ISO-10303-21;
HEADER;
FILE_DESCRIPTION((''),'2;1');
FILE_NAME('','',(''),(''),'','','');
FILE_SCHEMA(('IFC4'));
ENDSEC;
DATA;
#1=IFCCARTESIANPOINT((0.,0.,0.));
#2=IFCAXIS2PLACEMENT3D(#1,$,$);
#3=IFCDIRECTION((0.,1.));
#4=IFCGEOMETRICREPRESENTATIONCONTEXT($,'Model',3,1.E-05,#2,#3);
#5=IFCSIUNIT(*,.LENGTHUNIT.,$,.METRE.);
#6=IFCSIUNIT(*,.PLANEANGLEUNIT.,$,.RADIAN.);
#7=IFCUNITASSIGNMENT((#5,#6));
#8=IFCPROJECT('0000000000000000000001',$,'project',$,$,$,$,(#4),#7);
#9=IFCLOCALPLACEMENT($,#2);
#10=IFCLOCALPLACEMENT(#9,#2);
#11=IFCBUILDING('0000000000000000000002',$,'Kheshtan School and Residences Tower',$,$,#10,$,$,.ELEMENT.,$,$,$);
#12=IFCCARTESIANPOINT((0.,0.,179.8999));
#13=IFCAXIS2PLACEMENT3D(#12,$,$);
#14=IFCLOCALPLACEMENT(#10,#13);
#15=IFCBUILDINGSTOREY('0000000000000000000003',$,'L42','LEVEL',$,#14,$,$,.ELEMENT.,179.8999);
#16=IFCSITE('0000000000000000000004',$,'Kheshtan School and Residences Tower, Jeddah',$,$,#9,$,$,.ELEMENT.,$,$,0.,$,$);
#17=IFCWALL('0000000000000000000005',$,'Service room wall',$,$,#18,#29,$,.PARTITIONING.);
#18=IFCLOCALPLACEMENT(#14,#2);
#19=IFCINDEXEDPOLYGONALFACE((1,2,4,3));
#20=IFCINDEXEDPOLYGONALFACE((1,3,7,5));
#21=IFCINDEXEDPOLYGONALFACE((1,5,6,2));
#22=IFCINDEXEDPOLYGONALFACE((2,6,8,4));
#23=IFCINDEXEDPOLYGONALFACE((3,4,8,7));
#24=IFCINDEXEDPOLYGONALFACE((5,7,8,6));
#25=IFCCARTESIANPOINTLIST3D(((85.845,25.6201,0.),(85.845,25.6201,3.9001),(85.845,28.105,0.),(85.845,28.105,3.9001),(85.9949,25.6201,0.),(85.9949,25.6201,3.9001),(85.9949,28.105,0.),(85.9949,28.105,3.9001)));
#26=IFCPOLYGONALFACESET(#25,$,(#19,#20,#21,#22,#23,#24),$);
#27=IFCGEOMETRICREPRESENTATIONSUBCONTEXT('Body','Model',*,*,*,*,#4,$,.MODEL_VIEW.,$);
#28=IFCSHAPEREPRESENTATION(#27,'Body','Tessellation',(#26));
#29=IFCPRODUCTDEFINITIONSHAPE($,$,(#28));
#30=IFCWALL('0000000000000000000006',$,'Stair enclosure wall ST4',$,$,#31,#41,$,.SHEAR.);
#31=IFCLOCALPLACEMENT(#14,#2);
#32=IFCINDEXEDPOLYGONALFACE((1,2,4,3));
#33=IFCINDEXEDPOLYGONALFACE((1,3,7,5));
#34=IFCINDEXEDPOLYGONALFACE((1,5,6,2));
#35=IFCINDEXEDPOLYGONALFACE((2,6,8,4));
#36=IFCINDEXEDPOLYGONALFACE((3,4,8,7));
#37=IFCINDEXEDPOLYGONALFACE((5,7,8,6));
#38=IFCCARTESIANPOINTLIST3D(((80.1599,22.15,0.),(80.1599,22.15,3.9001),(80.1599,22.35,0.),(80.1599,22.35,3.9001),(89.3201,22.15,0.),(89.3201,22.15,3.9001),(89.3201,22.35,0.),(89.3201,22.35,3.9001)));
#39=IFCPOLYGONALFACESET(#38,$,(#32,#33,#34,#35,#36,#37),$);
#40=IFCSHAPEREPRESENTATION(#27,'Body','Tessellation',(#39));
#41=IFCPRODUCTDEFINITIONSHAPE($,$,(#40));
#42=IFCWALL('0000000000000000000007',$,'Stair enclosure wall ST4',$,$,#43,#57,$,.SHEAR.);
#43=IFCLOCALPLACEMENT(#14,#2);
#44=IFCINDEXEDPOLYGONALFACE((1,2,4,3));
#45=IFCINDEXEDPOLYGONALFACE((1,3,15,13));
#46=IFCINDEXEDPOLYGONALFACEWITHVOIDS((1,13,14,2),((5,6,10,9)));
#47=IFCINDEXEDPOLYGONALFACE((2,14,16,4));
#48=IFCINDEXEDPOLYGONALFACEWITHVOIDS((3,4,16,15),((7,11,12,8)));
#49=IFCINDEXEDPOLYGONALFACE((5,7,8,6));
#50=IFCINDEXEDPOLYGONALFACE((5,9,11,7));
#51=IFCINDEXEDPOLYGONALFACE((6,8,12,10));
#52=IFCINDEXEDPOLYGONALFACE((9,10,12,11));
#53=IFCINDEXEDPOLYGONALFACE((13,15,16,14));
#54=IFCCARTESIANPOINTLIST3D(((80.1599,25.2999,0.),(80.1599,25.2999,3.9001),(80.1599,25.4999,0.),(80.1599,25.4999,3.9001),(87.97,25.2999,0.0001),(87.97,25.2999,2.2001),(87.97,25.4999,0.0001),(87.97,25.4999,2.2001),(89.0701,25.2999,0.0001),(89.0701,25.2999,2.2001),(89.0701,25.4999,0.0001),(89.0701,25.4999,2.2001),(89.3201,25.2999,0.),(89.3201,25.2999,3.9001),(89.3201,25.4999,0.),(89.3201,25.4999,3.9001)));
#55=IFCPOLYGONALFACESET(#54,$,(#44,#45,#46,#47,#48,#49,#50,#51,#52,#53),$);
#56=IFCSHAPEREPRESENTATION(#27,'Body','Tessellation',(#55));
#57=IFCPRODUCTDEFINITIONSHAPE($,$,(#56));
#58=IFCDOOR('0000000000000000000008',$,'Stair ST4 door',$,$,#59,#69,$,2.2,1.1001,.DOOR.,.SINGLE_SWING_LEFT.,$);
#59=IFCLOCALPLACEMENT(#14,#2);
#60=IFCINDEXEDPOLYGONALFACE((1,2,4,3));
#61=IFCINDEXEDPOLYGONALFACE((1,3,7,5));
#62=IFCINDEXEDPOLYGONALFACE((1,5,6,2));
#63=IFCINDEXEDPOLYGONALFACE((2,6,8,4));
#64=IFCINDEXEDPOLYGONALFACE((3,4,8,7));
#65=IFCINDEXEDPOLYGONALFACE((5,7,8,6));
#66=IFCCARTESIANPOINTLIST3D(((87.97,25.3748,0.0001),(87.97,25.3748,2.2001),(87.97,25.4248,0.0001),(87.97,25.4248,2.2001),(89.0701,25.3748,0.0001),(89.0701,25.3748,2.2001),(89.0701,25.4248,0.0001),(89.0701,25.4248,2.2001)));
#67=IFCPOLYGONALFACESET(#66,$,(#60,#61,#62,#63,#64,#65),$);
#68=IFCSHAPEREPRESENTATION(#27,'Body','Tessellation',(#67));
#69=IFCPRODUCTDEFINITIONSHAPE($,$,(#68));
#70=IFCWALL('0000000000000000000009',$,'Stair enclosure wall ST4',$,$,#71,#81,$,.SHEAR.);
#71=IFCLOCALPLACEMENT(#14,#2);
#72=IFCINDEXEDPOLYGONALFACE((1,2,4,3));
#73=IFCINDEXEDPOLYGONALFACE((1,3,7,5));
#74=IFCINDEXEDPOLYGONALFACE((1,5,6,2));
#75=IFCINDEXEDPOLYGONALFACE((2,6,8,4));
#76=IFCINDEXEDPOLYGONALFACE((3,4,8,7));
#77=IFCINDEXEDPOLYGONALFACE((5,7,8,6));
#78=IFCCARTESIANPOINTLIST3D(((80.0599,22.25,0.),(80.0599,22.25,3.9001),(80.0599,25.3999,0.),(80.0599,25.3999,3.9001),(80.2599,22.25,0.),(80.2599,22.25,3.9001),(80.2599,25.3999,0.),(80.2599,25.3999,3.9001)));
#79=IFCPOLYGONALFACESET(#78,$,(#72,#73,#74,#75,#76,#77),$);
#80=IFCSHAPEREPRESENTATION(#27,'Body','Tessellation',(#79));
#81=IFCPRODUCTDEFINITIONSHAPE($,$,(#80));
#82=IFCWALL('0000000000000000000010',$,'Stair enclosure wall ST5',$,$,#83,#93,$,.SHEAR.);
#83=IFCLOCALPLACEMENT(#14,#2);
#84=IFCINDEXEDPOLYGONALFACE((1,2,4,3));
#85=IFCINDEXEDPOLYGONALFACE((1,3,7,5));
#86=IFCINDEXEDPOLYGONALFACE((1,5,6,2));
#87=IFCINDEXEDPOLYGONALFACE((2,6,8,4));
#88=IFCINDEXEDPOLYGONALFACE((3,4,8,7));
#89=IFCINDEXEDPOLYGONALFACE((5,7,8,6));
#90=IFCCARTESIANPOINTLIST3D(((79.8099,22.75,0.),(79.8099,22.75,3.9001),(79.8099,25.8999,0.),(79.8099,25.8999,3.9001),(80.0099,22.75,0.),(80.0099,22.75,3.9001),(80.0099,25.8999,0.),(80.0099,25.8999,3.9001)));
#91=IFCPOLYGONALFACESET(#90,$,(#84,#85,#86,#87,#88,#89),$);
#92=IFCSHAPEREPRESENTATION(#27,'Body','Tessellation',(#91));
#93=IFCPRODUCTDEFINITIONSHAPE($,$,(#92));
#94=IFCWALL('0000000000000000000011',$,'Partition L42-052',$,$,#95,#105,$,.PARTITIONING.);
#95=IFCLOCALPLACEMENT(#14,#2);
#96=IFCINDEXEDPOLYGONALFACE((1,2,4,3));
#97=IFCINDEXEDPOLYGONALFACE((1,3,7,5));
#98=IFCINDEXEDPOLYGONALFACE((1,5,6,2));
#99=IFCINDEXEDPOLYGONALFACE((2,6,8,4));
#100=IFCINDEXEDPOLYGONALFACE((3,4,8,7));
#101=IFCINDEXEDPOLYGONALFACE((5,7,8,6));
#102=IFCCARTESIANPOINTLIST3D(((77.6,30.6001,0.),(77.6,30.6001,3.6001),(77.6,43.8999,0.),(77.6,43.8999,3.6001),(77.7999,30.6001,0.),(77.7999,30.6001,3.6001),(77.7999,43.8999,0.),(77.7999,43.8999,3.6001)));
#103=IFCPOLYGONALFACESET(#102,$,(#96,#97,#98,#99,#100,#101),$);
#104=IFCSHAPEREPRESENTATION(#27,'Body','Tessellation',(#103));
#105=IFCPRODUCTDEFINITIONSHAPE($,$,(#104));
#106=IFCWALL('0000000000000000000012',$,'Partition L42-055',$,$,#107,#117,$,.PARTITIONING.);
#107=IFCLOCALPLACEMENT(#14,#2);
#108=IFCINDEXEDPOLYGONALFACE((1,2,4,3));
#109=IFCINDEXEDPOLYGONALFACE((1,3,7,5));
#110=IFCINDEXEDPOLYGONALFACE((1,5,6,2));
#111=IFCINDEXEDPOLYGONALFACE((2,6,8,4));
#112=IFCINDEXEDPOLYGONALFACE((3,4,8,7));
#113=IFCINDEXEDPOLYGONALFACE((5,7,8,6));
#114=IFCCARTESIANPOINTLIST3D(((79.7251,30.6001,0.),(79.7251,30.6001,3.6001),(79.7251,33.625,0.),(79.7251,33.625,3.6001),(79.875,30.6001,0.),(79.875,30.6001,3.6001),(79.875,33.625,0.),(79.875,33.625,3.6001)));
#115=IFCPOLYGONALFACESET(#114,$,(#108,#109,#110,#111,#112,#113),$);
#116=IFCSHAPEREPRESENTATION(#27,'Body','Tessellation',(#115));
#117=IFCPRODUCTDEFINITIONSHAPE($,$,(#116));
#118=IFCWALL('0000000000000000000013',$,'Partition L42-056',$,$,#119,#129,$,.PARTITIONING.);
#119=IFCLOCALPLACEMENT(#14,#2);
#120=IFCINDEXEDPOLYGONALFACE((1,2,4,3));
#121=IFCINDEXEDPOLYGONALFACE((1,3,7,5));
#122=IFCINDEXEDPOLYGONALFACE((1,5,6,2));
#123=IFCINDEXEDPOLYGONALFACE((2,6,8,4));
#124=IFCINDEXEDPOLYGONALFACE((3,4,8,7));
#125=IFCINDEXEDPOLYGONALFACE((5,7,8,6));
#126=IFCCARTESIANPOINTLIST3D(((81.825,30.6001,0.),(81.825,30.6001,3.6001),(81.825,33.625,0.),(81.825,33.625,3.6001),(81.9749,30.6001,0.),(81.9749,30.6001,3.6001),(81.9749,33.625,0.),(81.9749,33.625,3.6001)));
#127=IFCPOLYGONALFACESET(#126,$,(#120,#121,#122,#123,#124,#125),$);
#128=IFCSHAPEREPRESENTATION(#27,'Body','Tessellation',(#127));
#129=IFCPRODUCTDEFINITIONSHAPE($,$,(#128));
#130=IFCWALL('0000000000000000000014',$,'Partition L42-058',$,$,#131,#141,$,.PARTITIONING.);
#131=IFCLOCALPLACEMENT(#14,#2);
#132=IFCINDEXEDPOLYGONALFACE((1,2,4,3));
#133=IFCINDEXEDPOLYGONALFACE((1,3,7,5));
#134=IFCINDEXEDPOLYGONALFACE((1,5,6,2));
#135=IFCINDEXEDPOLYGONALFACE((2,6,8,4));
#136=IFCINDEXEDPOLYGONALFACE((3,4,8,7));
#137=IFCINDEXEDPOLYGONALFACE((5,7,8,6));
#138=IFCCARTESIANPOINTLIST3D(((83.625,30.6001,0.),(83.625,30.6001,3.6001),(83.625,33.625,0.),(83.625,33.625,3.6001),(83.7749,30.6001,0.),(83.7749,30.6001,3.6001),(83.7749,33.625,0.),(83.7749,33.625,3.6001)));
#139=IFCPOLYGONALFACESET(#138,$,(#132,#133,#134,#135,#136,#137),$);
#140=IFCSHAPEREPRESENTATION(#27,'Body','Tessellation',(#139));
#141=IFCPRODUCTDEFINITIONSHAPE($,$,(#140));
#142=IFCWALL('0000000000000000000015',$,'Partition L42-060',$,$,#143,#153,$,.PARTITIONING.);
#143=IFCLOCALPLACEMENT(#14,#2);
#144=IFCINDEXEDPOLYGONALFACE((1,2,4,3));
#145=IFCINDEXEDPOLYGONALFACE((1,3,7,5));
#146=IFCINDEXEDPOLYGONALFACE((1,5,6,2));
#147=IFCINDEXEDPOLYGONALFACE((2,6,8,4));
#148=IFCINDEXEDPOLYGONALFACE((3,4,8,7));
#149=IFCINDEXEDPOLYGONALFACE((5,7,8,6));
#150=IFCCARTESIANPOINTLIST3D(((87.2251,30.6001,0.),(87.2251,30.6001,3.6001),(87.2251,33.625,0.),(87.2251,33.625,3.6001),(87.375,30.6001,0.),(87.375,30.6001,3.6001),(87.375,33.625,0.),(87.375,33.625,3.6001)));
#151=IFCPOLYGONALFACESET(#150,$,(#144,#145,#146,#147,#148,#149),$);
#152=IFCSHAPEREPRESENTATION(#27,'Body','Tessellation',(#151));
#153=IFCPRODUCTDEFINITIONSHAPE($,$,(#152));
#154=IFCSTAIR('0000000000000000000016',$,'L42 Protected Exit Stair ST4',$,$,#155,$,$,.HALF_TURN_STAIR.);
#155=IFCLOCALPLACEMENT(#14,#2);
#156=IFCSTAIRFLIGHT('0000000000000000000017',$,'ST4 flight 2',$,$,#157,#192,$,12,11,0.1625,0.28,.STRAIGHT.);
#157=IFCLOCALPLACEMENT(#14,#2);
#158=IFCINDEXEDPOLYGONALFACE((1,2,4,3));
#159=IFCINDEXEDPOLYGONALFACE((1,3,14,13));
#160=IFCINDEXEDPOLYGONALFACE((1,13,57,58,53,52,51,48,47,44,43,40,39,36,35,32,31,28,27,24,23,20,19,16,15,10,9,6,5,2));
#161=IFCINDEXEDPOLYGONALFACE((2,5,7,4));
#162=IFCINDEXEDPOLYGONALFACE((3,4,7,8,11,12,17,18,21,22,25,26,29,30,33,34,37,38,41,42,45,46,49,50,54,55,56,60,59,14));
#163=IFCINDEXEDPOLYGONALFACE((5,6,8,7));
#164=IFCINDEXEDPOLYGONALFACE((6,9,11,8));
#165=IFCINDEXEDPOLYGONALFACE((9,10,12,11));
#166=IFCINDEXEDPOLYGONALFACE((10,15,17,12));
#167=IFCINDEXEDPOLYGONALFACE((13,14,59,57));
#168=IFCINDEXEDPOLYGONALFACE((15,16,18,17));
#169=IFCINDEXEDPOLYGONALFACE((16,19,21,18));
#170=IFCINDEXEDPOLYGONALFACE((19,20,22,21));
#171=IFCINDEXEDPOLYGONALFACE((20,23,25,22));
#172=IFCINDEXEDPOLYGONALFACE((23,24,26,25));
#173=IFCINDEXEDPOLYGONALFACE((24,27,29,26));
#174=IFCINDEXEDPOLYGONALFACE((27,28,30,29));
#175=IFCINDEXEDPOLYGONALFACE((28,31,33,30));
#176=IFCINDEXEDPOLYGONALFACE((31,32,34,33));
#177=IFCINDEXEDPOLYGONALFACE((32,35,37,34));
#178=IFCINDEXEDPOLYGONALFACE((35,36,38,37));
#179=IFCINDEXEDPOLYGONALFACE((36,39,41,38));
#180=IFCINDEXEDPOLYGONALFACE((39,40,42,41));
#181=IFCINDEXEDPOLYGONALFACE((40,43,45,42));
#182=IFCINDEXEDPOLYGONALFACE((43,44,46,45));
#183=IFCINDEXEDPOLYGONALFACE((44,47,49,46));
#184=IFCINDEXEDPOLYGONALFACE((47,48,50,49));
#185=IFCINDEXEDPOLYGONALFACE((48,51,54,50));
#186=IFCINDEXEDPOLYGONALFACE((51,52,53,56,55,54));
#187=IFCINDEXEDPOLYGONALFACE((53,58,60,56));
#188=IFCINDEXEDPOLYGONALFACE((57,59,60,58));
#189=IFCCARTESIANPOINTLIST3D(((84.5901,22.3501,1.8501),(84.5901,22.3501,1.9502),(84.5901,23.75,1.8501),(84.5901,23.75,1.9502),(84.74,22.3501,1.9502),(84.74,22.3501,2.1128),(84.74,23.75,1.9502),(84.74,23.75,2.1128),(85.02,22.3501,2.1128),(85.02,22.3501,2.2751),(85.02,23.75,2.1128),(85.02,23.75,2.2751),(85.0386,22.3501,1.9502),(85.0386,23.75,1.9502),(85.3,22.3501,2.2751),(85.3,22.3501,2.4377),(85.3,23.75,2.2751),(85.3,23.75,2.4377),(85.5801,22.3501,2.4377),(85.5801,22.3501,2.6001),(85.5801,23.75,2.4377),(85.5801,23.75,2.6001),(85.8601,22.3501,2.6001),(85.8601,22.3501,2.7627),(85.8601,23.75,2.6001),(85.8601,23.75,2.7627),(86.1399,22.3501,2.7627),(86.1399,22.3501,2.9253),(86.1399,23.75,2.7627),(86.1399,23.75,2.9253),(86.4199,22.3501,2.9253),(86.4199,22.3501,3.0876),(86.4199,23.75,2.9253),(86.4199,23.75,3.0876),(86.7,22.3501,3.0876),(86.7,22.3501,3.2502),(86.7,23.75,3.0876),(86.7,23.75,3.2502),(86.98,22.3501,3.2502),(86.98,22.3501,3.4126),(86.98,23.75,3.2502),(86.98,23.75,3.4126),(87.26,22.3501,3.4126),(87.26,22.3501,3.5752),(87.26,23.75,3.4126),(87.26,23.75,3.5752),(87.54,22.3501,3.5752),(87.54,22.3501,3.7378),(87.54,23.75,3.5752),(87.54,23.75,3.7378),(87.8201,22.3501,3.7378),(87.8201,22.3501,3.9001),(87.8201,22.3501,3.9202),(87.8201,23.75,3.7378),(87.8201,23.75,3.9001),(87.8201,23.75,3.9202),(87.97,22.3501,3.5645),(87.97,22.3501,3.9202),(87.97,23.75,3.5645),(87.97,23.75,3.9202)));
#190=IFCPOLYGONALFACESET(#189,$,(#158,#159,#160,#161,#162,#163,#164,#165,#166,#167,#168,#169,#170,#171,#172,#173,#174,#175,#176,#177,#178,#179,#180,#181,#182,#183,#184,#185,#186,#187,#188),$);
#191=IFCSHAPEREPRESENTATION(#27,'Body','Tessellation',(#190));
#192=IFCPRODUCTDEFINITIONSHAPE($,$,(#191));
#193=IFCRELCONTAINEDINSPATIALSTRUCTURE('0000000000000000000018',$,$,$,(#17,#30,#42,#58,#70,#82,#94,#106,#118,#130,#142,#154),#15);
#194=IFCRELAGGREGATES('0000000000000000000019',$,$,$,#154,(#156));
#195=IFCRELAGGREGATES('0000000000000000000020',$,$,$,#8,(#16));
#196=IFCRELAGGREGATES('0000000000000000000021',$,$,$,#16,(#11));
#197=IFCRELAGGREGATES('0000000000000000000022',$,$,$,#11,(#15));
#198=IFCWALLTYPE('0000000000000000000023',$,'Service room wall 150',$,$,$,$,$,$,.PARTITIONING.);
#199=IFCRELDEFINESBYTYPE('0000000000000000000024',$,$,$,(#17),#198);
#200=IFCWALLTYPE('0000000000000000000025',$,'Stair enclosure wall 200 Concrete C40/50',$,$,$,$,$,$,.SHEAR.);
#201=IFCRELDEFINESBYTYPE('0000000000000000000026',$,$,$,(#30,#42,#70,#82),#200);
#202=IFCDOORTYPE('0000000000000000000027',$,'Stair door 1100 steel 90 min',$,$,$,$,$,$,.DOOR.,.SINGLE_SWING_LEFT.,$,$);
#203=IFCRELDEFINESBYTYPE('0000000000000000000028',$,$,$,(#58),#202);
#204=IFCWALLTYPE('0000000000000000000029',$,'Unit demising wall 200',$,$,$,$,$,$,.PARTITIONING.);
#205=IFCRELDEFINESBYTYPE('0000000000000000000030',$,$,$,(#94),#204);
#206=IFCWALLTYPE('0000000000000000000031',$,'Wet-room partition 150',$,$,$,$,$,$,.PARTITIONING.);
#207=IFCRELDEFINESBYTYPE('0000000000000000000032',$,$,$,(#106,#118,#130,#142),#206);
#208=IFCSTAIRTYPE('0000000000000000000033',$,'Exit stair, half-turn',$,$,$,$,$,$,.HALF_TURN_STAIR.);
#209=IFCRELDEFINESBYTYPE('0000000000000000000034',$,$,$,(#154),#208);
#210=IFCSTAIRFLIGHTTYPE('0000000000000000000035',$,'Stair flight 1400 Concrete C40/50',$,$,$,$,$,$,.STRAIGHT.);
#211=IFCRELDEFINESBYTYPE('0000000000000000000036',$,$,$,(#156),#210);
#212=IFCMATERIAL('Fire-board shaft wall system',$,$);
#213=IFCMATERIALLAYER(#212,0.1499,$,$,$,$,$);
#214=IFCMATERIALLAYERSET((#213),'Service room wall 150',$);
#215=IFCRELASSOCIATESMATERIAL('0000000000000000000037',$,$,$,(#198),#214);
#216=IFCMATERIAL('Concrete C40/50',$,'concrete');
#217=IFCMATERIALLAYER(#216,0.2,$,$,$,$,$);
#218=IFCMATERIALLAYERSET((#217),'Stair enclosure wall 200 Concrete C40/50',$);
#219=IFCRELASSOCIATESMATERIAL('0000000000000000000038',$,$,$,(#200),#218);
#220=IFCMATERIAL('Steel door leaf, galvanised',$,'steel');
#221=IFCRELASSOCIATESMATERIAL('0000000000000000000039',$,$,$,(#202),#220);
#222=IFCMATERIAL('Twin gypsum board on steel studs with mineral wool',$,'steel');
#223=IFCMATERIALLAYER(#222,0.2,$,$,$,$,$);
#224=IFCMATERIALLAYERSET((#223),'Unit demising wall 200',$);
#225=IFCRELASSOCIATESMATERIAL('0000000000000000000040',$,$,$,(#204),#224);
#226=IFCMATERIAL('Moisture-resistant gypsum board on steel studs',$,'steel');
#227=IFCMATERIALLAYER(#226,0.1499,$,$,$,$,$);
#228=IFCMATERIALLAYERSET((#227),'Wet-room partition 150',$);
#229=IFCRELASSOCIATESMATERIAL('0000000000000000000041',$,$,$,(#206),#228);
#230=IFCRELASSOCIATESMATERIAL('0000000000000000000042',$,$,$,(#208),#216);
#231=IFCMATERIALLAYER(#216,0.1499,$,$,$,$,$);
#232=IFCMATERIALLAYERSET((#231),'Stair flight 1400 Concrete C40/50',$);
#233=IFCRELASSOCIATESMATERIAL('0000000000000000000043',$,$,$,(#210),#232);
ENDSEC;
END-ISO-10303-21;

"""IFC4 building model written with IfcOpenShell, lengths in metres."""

from ifc_helpers import new_model, si_unit, direction, frame, frame_2d, origin, place, context, subcontext, project, spatial, polyline, rectangle, outline, extrude, source, transform, mapped, material, layer, layer_set, type_object, element, fill, aggregate, save


model = new_model("IFC4")

# Units and contexts
model_context = context("Model", 3, precision=1e-05, world=origin(), true_north=direction((0.0, 1.0)))
body_context = subcontext(model_context, "Body", "Model", "MODEL_VIEW")
ifc_project = project(units=[si_unit("LENGTHUNIT", "METRE"), si_unit("PLANEANGLEUNIT", "RADIAN")], contexts=[model_context])

# Site, building, storey
site_placement = place(None, origin())
site = spatial("IfcSite", under=ifc_project, at=site_placement, Name="Kheshtan School and Residences Tower, Jeddah", CompositionType="ELEMENT", RefElevation=0.0)
building_placement = place(site_placement, origin())
building = spatial("IfcBuilding", under=site, at=building_placement, Name="Kheshtan School and Residences Tower", CompositionType="ELEMENT")
storey_placement = place(building_placement, frame((0.0, 0.0, 179.8999)))
storey = spatial("IfcBuildingStorey", under=building, at=storey_placement, Name="L42", Description="LEVEL", CompositionType="ELEMENT", Elevation=179.8999)

# Shared definitions
ifc_material_1 = material(Name="Fire-board shaft wall system")
ifc_layer_1 = layer(ifc_material_1, 0.1499)
ifc_layer_set_1 = layer_set([ifc_layer_1], Name="Service room wall 150")
wall_type_1 = type_object("IfcWallType", Name="Service room wall 150", PredefinedType="PARTITIONING", material=ifc_layer_set_1)
ifc_material_2 = material(Name="Steel door leaf, galvanised", Category="steel")

# Walls
wall_1_placement = place(storey_placement, frame((85.9199, 25.6201, 0.0), z_axis=(0.0, 0.0, 1.0), x_axis=(0.0, 1.0, 0.0)))
element("IfcWall", 1, at=wall_1_placement, inside=storey, type_object=wall_type_1, Name="Service room wall", PredefinedType="PARTITIONING", context=body_context, shape_type="SweptSolid", body=[
    extrude(rectangle(XDim=2.4849, YDim=0.1499, at=frame_2d((1.2424, 0.0))), origin(), (0.0, 0.0, 1.0), 3.9001),
])
ifc_material_3 = material(Name="Concrete C40/50", Category="concrete")
ifc_layer_2 = layer(ifc_material_3, 0.2)
ifc_layer_set_2 = layer_set([ifc_layer_2], Name="Stair enclosure wall 200 Concrete C40/50")
wall_type_2 = type_object("IfcWallType", Name="Stair enclosure wall 200 Concrete C40/50", PredefinedType="SHEAR", material=ifc_layer_set_2)
wall_2_placement = place(storey_placement, frame((80.1599, 22.25, 0.0), z_axis=(0.0, 0.0, 1.0), x_axis=(1.0, 0.0, 0.0)))
element("IfcWall", 2, at=wall_2_placement, inside=storey, type_object=wall_type_2, Name="Stair enclosure wall ST4", PredefinedType="SHEAR", context=body_context, shape_type="SweptSolid", body=[
    extrude(rectangle(XDim=9.1602, YDim=0.2, at=frame_2d((4.5801, 0.0))), origin(), (0.0, 0.0, 1.0), 3.9001),
])

# Wall, opening, door
wall_3_placement = place(storey_placement, frame((80.1599, 25.3999, 0.0), z_axis=(0.0, 0.0, 1.0), x_axis=(1.0, 0.0, 0.0)))
wall_3 = element("IfcWall", 3, at=wall_3_placement, inside=storey, type_object=wall_type_2, Name="Stair enclosure wall ST4", PredefinedType="SHEAR", context=body_context, shape_type="SweptSolid", body=[
    extrude(rectangle(XDim=9.1602, YDim=0.2, at=frame_2d((4.5801, 0.0))), origin(), (0.0, 0.0, 1.0), 3.9001),
])
opening_1_placement = place(wall_3_placement, frame((7.8101, 0.0, 0.0)))
opening_1 = element("IfcOpeningElement", 4, at=opening_1_placement, cuts=wall_3, PredefinedType="OPENING", context=body_context, shape_type="SweptSolid", body=[
    extrude(rectangle(XDim=1.1001, YDim=2.2, at=frame_2d((0.55, 1.1001))), frame((0.0, 0.1099, 0.0), z_axis=(0.0, -1.0, 0.0), x_axis=(1.0, 0.0, 0.0)), (0.0, 0.0, 1.0), 0.22),
])
door_type_1 = type_object("IfcDoorType", Name="Stair door 1100 steel 90 min", OperationType="SINGLE_SWING_LEFT", PredefinedType="DOOR", material=ifc_material_2)
shared_shape_1 = source(origin(), body_context, "Body", "SweptSolid", [
    extrude(rectangle(XDim=1.1001, YDim=2.2, at=frame_2d((0.55, 1.1001))), frame((0.0, 0.0249, 0.0), z_axis=(0.0, -1.0, 0.0), x_axis=(1.0, 0.0, 0.0)), (0.0, 0.0, 1.0), 0.05),
])
door_1_placement = place(opening_1_placement, origin())
door_1 = element("IfcDoor", 5, at=door_1_placement, inside=storey, type_object=door_type_1, Name="Stair ST4 door", OperationType="SINGLE_SWING_LEFT", OverallHeight=2.2, OverallWidth=1.1001, PredefinedType="DOOR", context=body_context, shape_type="MappedRepresentation", body=[
    mapped(shared_shape_1, transform((0.0, 0.0, 0.0), x_axis=(1.0, 0.0, 0.0), y_axis=(0.0, 1.0, 0.0), z_axis=(0.0, 0.0, 1.0), scale=1.0)),
])
fill(opening_1, door_1)

# Walls
for number, where, z_axis, x_axis, name in (
    (6, (80.1599, 22.25, 0.0), (0.0, 0.0, 1.0), (0.0, 1.0, 0.0), "Stair enclosure wall ST4"),
    (7, (79.9099, 22.75, 0.0), (0.0, 0.0, 1.0), (0.0, 1.0, 0.0), "Stair enclosure wall ST5"),
):
    element("IfcWall", number, at=place(storey_placement, frame(where, z_axis=z_axis, x_axis=x_axis)), inside=storey, type_object=wall_type_2, Name=name, PredefinedType="SHEAR", context=body_context, shape_type="SweptSolid", body=[
        extrude(rectangle(XDim=3.1499, YDim=0.2, at=frame_2d((1.575, 0.0))), origin(), (0.0, 0.0, 1.0), 3.9001),
    ])
ifc_material_4 = material(Name="Twin gypsum board on steel studs with mineral wool", Category="steel")
ifc_layer_3 = layer(ifc_material_4, 0.2)
ifc_layer_set_3 = layer_set([ifc_layer_3], Name="Unit demising wall 200")
wall_type_3 = type_object("IfcWallType", Name="Unit demising wall 200", PredefinedType="PARTITIONING", material=ifc_layer_set_3)
wall_4_placement = place(storey_placement, frame((77.7, 30.6001, 0.0), z_axis=(0.0, 0.0, 1.0), x_axis=(0.0, 1.0, 0.0)))
element("IfcWall", 8, at=wall_4_placement, inside=storey, type_object=wall_type_3, Name="Partition L42-052", PredefinedType="PARTITIONING", context=body_context, shape_type="SweptSolid", body=[
    extrude(rectangle(XDim=13.2998, YDim=0.2, at=frame_2d((6.6499, 0.0))), origin(), (0.0, 0.0, 1.0), 3.6001),
])
ifc_material_5 = material(Name="Moisture-resistant gypsum board on steel studs", Category="steel")
ifc_layer_4 = layer(ifc_material_5, 0.1499)
ifc_layer_set_4 = layer_set([ifc_layer_4], Name="Wet-room partition 150")
wall_type_4 = type_object("IfcWallType", Name="Wet-room partition 150", PredefinedType="PARTITIONING", material=ifc_layer_set_4)
for number, where, z_axis, x_axis, name in (
    (9, (79.8, 30.6001, 0.0), (0.0, 0.0, 1.0), (0.0, 1.0, 0.0), "Partition L42-055"),
    (10, (81.8999, 30.6001, 0.0), (0.0, 0.0, 1.0), (0.0, 1.0, 0.0), "Partition L42-056"),
    (11, (83.7, 30.6001, 0.0), (0.0, 0.0, 1.0), (0.0, 1.0, 0.0), "Partition L42-058"),
    (12, (87.3, 30.6001, 0.0), (0.0, 0.0, 1.0), (0.0, 1.0, 0.0), "Partition L42-060"),
):
    element("IfcWall", number, at=place(storey_placement, frame(where, z_axis=z_axis, x_axis=x_axis)), inside=storey, type_object=wall_type_4, Name=name, PredefinedType="PARTITIONING", context=body_context, shape_type="SweptSolid", body=[
        extrude(rectangle(XDim=3.0249, YDim=0.1499, at=frame_2d((1.5125, 0.0))), origin(), (0.0, 0.0, 1.0), 3.6001),
    ])

# Stair, stair flight
stair_type = type_object("IfcStairType", Name="Exit stair, half-turn", PredefinedType="HALF_TURN_STAIR", material=ifc_material_3)
stair_1_placement = place(storey_placement, origin())
stair_1 = element("IfcStair", 13, at=stair_1_placement, inside=storey, type_object=stair_type, Name="L42 Protected Exit Stair ST4", PredefinedType="HALF_TURN_STAIR")
ifc_layer_5 = layer(ifc_material_3, 0.1499)
ifc_layer_set_5 = layer_set([ifc_layer_5], Name="Stair flight 1400 Concrete C40/50")
stair_flight_type = type_object("IfcStairFlightType", Name="Stair flight 1400 Concrete C40/50", PredefinedType="STRAIGHT", material=ifc_layer_set_5)
stair_flight_1_placement = place(storey_placement, frame((84.74, 23.05, 1.9502), z_axis=(0.0, 0.0, 1.0), x_axis=(1.0, 0.0, 0.0)))
stair_flight_1 = element("IfcStairFlight", 14, at=stair_flight_1_placement, type_object=stair_flight_type, Name="ST4 flight 2", NumberOfRisers=12, NumberOfTreads=11, PredefinedType="STRAIGHT", RiserHeight=0.1625, TreadLength=0.28, context=body_context, shape_type="SweptSolid", body=[
    extrude(outline(polyline([(-0.1499, -0.1001), (-0.1499, 0.0), (0.0, 0.0), (0.0, 0.1626), (0.28, 0.1626), (0.28, 0.325), (0.5601, 0.325), (0.5601, 0.4875), (0.8401, 0.4875), (0.8401, 0.6499), (1.1201, 0.6499), (1.1201, 0.8125), (1.3999, 0.8125), (1.3999, 0.9751), (1.6799, 0.9751), (1.6799, 1.1375), (1.96, 1.1375), (1.96, 1.3), (2.24, 1.3), (2.24, 1.4624), (2.52, 1.4624), (2.52, 1.625), (2.8, 1.625), (2.8, 1.7876), (3.0801, 1.7876), (3.0801, 1.95), (3.0801, 1.97), (3.23, 1.97), (3.23, 1.6143), (0.2986, 0.0), (-0.1499, -0.1001)])), frame((0.0, 0.7, 0.0), z_axis=(0.0, -1.0, 0.0), x_axis=(1.0, 0.0, 0.0)), (0.0, 0.0, 1.0), 1.3999),
])
aggregate(stair_1, [stair_flight_1])

save(model, "model.ifc")
